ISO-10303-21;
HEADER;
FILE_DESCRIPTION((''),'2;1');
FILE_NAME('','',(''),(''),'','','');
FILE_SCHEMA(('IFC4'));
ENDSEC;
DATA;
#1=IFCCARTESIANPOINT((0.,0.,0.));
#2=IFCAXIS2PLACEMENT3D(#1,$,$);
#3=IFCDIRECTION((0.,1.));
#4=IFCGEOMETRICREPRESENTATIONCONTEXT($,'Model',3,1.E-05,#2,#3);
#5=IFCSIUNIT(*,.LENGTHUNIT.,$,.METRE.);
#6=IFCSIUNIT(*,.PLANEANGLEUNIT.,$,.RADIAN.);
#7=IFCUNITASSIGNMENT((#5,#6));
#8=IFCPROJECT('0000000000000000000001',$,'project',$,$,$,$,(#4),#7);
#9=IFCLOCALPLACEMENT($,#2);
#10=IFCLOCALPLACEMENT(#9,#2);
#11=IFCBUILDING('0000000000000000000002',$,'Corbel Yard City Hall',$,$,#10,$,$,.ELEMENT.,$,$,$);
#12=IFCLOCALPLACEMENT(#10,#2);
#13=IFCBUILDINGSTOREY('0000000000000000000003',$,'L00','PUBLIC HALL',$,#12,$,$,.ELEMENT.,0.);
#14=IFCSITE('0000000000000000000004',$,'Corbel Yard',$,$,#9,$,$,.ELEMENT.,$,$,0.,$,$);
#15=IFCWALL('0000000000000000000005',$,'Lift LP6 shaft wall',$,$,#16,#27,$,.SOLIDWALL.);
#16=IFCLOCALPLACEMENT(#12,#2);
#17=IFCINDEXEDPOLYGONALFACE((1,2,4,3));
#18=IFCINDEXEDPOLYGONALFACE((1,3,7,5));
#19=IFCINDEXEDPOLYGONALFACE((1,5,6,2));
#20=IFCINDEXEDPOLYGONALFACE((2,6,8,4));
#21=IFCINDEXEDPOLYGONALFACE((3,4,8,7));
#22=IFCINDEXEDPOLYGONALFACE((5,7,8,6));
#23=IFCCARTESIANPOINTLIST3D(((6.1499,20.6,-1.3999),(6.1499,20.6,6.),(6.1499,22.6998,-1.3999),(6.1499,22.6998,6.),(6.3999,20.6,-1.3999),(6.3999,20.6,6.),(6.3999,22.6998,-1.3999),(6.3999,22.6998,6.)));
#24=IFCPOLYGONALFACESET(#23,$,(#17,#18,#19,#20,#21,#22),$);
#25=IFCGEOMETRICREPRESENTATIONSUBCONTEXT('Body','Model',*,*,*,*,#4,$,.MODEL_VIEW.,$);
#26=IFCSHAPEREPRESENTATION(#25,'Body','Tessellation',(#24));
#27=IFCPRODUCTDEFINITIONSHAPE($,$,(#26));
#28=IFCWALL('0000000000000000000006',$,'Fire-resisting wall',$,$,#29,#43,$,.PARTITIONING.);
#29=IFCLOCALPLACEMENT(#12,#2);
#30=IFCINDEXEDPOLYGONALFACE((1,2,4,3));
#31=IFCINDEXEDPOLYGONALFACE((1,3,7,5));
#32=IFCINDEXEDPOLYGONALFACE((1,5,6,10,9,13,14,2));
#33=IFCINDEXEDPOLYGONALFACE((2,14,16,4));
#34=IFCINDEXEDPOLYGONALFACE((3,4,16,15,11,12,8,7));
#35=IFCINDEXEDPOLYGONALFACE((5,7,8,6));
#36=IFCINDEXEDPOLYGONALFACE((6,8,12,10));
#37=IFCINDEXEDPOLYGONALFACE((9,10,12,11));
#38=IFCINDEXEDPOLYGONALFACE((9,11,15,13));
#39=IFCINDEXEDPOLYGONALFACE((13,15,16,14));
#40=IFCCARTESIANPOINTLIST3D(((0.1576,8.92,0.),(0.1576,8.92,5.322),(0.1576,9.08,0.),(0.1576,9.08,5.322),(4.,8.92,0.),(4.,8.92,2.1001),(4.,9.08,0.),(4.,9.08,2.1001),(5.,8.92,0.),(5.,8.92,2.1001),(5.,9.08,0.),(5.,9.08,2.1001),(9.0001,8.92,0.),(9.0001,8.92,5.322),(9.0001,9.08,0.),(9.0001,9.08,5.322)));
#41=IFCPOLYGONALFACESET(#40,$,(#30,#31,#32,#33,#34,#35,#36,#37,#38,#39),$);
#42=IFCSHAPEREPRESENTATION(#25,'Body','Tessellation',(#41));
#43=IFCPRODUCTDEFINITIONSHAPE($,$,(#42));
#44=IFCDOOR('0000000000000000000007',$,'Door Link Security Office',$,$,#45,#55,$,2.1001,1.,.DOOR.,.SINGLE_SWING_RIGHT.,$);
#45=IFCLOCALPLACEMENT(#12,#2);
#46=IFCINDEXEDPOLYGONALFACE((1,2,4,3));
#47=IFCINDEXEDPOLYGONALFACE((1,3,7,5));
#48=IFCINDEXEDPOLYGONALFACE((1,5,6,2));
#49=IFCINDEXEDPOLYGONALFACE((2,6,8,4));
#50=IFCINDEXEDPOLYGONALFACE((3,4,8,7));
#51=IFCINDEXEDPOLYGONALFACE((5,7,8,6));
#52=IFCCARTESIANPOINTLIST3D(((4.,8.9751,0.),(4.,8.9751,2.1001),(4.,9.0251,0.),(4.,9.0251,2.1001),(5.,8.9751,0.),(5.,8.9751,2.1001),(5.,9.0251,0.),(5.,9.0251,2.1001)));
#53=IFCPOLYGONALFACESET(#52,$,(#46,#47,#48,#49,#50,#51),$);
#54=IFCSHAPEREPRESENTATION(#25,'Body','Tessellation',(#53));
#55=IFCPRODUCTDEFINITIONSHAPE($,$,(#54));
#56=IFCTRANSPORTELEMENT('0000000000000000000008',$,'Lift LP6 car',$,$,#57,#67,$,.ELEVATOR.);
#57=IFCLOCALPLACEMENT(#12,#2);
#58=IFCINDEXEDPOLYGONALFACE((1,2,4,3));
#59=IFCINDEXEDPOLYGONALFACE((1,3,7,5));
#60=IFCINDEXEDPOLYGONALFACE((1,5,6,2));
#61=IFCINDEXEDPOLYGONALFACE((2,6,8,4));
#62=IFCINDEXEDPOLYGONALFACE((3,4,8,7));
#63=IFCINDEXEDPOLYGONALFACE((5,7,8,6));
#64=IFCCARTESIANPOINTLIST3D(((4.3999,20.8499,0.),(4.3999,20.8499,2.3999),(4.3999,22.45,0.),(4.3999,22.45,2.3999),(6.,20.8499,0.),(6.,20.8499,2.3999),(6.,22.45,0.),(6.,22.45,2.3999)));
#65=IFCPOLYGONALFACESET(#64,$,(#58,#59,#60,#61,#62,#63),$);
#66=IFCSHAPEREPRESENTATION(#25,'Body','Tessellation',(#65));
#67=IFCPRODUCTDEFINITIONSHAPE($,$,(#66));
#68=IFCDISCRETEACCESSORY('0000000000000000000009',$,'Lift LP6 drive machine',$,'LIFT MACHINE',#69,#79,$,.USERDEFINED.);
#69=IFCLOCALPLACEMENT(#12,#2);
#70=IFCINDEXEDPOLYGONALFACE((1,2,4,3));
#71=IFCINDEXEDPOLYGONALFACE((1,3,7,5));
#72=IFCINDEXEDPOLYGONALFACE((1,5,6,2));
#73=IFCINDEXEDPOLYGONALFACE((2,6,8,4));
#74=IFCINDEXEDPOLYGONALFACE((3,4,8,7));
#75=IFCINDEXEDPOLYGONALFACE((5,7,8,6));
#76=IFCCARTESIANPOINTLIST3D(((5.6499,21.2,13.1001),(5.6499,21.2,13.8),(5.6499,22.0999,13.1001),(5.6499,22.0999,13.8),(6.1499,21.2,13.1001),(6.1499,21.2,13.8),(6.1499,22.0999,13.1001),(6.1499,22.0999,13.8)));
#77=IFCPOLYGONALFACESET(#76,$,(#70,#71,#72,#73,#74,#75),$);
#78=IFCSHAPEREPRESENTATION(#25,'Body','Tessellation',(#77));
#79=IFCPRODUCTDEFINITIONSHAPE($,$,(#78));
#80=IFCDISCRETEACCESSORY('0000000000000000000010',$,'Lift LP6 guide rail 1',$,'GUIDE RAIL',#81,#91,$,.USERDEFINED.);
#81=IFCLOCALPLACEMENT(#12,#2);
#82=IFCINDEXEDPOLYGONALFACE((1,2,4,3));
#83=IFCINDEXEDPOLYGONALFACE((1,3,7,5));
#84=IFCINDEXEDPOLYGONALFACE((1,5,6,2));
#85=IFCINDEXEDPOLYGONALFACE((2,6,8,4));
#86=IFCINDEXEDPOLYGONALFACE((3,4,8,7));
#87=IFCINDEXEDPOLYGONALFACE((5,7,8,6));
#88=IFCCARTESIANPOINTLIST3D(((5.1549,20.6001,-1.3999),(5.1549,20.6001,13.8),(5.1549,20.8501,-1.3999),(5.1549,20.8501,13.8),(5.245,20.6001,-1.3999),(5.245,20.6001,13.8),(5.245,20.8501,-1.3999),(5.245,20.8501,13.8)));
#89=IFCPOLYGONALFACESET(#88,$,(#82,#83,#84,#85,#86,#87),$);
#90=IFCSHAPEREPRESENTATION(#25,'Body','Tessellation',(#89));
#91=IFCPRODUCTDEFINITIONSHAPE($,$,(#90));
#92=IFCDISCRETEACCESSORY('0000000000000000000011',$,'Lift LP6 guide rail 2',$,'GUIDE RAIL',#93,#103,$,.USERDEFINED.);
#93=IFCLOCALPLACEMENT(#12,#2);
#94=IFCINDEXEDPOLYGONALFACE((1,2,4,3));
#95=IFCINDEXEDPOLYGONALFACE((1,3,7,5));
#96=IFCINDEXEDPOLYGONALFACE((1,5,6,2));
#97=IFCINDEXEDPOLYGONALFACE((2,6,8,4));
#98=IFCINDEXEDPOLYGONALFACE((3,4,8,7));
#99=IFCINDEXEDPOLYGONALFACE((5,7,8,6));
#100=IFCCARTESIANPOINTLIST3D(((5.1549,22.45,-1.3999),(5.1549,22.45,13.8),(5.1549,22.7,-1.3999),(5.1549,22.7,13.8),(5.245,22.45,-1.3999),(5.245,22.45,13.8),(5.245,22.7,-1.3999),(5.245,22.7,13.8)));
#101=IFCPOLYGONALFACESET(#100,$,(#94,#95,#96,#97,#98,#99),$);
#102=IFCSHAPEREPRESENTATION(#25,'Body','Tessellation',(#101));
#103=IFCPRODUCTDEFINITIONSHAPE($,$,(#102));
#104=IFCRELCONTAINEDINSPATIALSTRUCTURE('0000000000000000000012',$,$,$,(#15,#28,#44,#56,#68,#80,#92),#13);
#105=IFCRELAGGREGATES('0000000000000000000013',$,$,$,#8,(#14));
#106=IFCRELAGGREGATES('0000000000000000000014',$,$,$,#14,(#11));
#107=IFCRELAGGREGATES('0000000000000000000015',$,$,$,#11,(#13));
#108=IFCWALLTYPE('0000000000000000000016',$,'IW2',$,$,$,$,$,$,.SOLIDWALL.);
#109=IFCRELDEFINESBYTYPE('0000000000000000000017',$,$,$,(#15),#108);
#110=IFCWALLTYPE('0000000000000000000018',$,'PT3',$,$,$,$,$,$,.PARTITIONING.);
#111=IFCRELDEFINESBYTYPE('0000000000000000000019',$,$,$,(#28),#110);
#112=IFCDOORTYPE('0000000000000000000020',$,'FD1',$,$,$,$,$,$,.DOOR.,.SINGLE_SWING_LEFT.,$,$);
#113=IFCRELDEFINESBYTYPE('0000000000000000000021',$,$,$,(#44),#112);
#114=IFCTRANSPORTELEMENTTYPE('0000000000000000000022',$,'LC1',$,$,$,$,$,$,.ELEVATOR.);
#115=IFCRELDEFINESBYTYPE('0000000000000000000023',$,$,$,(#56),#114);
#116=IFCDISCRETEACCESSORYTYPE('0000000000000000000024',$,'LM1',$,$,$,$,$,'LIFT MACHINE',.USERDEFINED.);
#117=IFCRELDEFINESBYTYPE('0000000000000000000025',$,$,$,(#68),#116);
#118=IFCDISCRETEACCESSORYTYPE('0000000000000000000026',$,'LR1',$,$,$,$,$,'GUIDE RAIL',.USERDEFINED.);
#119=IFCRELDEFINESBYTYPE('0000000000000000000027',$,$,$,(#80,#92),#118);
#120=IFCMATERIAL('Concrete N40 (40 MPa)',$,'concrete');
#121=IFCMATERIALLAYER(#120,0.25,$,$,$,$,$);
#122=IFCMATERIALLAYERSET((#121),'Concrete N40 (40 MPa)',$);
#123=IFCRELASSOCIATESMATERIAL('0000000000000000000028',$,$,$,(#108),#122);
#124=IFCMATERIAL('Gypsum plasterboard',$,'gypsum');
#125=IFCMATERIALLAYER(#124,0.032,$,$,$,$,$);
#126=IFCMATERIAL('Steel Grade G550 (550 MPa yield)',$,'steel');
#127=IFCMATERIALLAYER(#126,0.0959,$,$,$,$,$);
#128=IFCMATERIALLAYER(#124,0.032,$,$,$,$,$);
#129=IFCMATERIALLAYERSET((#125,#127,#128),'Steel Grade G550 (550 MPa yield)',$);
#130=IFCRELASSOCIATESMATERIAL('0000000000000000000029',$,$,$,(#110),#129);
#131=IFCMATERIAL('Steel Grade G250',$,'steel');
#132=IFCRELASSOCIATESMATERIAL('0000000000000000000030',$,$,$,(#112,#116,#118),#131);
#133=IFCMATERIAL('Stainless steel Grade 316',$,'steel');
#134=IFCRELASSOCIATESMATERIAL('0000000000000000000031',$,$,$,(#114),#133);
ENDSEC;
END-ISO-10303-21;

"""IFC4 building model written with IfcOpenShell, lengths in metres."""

from ifc_helpers import new_model, si_unit, direction, frame, frame_2d, origin, origin_2d, place, context, subcontext, project, spatial, rectangle, extrude, material, layer, layer_set, type_object, element, fill, save


model = new_model("IFC4")

# Units and contexts
model_context = context("Model", 3, precision=1e-05, world=origin(), true_north=direction((0.0, 1.0)))
body_context = subcontext(model_context, "Body", "Model", "MODEL_VIEW")
ifc_project = project(units=[si_unit("LENGTHUNIT", "METRE"), si_unit("PLANEANGLEUNIT", "RADIAN")], contexts=[model_context])

# Site, building, storey
site_placement = place(None, origin())
site = spatial("IfcSite", under=ifc_project, at=site_placement, Name="Corbel Yard", CompositionType="ELEMENT", RefElevation=0.0)
building_placement = place(site_placement, origin())
building = spatial("IfcBuilding", under=site, at=building_placement, Name="Corbel Yard City Hall", CompositionType="ELEMENT")
storey_placement = place(building_placement, origin())
storey = spatial("IfcBuildingStorey", under=building, at=storey_placement, Name="L00", Description="PUBLIC HALL", CompositionType="ELEMENT", Elevation=0.0)

# Shared definitions
ifc_material_1 = material(Name="Concrete N40 (40 MPa)", Category="concrete")

# Shared definitions
ifc_material_2 = material(Name="Steel Grade G250", Category="steel")

# Shared definitions
ifc_material_3 = material(Name="Gypsum plasterboard", Category="gypsum")

# Shared definitions
ifc_layer_1 = layer(ifc_material_1, 0.25)
ifc_layer_set_1 = layer_set([ifc_layer_1], Name="Concrete N40 (40 MPa)")
wall_type_1 = type_object("IfcWallType", Name="IW2", PredefinedType="SOLIDWALL", material=ifc_layer_set_1)

# Shared definitions
ifc_material_4 = material(Name="Stainless steel Grade 316", Category="steel")

# Wall
wall_1_placement = place(storey_placement, frame((6.2749, 20.6001, -1.3999), z_axis=(0.0, 0.0, 1.0), x_axis=(0.0, 1.0, 0.0)))
element("IfcWall", 1, at=wall_1_placement, inside=storey, type_object=wall_type_1, Name="Lift LP6 shaft wall", PredefinedType="SOLIDWALL", context=body_context, shape_type="SweptSolid", body=[
    extrude(rectangle(XDim=2.0999, YDim=0.25, at=frame_2d((1.0498, 0.0))), origin(), (0.0, 0.0, 1.0), 7.3999),
])

# Wall, opening, door
ifc_layer_2 = layer(ifc_material_3, 0.032)
ifc_material_5 = material(Name="Steel Grade G550 (550 MPa yield)", Category="steel")
ifc_layer_3 = layer(ifc_material_5, 0.0959)
ifc_layer_4 = layer(ifc_material_3, 0.032)
ifc_layer_set_2 = layer_set([ifc_layer_2, ifc_layer_3, ifc_layer_4], Name="Steel Grade G550 (550 MPa yield)")
wall_type_2 = type_object("IfcWallType", Name="PT3", PredefinedType="PARTITIONING", material=ifc_layer_set_2)
wall_2_placement = place(storey_placement, frame((0.1575, 9.0, 0.0), z_axis=(0.0, 0.0, 1.0), x_axis=(1.0, 0.0, 0.0)))
wall_2 = element("IfcWall", 2, at=wall_2_placement, inside=storey, type_object=wall_type_2, Name="Fire-resisting wall", PredefinedType="PARTITIONING", context=body_context, shape_type="SweptSolid", body=[
    extrude(rectangle(XDim=8.8425, YDim=0.1599, at=frame_2d((4.4214, 0.0))), origin(), (0.0, 0.0, 1.0), 5.322),
])
opening_1_placement = place(wall_2_placement, frame((3.8425, 0.0, 0.0)))
opening_1 = element("IfcOpeningElement", 3, at=opening_1_placement, cuts=wall_2, PredefinedType="OPENING", context=body_context, shape_type="SweptSolid", body=[
    extrude(rectangle(XDim=1.0, YDim=2.1001, at=frame_2d((0.5, 1.05))), frame((0.0, 0.0898, 0.0), z_axis=(0.0, -1.0, 0.0), x_axis=(1.0, 0.0, 0.0)), (0.0, 0.0, 1.0), 0.1799),
])
door_type_1 = type_object("IfcDoorType", Name="FD1", OperationType="SINGLE_SWING_LEFT", PredefinedType="DOOR", material=ifc_material_2)
door_1_placement = place(opening_1_placement, frame((1.0, 0.0, 0.0), z_axis=(0.0, 0.0, 1.0), x_axis=(-1.0, 0.0, 0.0)))
door_1 = element("IfcDoor", 4, at=door_1_placement, inside=storey, type_object=door_type_1, Name="Door Link Security Office", OperationType="SINGLE_SWING_RIGHT", OverallHeight=2.1001, OverallWidth=1.0, PredefinedType="DOOR", context=body_context, shape_type="SweptSolid", body=[
    extrude(rectangle(XDim=1.0, YDim=2.1001, at=frame_2d((0.5, 1.05))), frame((0.0, 0.0249, 0.0), z_axis=(0.0, -1.0, 0.0), x_axis=(1.0, 0.0, 0.0)), (0.0, 0.0, 1.0), 0.05),
])
fill(opening_1, door_1)

# Transport element
transport_element_type = type_object("IfcTransportElementType", Name="LC1", PredefinedType="ELEVATOR", material=ifc_material_4)
transport_element_placement = place(storey_placement, frame((5.2, 21.6499, 0.0), z_axis=(0.0, 0.0, 1.0), x_axis=(0.0, 1.0, 0.0)))
element("IfcTransportElement", 5, at=transport_element_placement, inside=storey, type_object=transport_element_type, Name="Lift LP6 car", PredefinedType="ELEVATOR", context=body_context, shape_type="SweptSolid", body=[
    extrude(rectangle(XDim=1.6001, YDim=1.6001, at=origin_2d()), origin(), (0.0, 0.0, 1.0), 2.3999),
])

# Discrete accessories
discrete_accessory_type_1 = type_object("IfcDiscreteAccessoryType", Name="LM1", ElementType="LIFT MACHINE", PredefinedType="USERDEFINED", material=ifc_material_2)
discrete_accessory_placement = place(storey_placement, frame((5.8999, 21.6499, 13.1001), z_axis=(0.0, 0.0, 1.0), x_axis=(1.0, 0.0, 0.0)))
element("IfcDiscreteAccessory", 6, at=discrete_accessory_placement, inside=storey, type_object=discrete_accessory_type_1, Name="Lift LP6 drive machine", ObjectType="LIFT MACHINE", PredefinedType="USERDEFINED", context=body_context, shape_type="SweptSolid", body=[
    extrude(rectangle(XDim=0.5, YDim=0.8999, at=origin_2d()), origin(), (0.0, 0.0, 1.0), 0.7),
])
discrete_accessory_type_2 = type_object("IfcDiscreteAccessoryType", Name="LR1", ElementType="GUIDE RAIL", PredefinedType="USERDEFINED", material=ifc_material_2)
for number, where, z_axis, x_axis, name in (
    (7, (5.2, 20.7251, -1.3999), (0.0, 0.0, 1.0), (1.0, 0.0, 0.0), "Lift LP6 guide rail 1"),
    (8, (5.2, 22.575, -1.3999), (0.0, 0.0, 1.0), (1.0, 0.0, 0.0), "Lift LP6 guide rail 2"),
):
    element("IfcDiscreteAccessory", number, at=place(storey_placement, frame(where, z_axis=z_axis, x_axis=x_axis)), inside=storey, type_object=discrete_accessory_type_2, Name=name, ObjectType="GUIDE RAIL", PredefinedType="USERDEFINED", context=body_context, shape_type="SweptSolid", body=[
        extrude(rectangle(XDim=0.0901, YDim=0.25, at=origin_2d()), origin(), (0.0, 0.0, 1.0), 15.2),
    ])

save(model, "model.ifc")
